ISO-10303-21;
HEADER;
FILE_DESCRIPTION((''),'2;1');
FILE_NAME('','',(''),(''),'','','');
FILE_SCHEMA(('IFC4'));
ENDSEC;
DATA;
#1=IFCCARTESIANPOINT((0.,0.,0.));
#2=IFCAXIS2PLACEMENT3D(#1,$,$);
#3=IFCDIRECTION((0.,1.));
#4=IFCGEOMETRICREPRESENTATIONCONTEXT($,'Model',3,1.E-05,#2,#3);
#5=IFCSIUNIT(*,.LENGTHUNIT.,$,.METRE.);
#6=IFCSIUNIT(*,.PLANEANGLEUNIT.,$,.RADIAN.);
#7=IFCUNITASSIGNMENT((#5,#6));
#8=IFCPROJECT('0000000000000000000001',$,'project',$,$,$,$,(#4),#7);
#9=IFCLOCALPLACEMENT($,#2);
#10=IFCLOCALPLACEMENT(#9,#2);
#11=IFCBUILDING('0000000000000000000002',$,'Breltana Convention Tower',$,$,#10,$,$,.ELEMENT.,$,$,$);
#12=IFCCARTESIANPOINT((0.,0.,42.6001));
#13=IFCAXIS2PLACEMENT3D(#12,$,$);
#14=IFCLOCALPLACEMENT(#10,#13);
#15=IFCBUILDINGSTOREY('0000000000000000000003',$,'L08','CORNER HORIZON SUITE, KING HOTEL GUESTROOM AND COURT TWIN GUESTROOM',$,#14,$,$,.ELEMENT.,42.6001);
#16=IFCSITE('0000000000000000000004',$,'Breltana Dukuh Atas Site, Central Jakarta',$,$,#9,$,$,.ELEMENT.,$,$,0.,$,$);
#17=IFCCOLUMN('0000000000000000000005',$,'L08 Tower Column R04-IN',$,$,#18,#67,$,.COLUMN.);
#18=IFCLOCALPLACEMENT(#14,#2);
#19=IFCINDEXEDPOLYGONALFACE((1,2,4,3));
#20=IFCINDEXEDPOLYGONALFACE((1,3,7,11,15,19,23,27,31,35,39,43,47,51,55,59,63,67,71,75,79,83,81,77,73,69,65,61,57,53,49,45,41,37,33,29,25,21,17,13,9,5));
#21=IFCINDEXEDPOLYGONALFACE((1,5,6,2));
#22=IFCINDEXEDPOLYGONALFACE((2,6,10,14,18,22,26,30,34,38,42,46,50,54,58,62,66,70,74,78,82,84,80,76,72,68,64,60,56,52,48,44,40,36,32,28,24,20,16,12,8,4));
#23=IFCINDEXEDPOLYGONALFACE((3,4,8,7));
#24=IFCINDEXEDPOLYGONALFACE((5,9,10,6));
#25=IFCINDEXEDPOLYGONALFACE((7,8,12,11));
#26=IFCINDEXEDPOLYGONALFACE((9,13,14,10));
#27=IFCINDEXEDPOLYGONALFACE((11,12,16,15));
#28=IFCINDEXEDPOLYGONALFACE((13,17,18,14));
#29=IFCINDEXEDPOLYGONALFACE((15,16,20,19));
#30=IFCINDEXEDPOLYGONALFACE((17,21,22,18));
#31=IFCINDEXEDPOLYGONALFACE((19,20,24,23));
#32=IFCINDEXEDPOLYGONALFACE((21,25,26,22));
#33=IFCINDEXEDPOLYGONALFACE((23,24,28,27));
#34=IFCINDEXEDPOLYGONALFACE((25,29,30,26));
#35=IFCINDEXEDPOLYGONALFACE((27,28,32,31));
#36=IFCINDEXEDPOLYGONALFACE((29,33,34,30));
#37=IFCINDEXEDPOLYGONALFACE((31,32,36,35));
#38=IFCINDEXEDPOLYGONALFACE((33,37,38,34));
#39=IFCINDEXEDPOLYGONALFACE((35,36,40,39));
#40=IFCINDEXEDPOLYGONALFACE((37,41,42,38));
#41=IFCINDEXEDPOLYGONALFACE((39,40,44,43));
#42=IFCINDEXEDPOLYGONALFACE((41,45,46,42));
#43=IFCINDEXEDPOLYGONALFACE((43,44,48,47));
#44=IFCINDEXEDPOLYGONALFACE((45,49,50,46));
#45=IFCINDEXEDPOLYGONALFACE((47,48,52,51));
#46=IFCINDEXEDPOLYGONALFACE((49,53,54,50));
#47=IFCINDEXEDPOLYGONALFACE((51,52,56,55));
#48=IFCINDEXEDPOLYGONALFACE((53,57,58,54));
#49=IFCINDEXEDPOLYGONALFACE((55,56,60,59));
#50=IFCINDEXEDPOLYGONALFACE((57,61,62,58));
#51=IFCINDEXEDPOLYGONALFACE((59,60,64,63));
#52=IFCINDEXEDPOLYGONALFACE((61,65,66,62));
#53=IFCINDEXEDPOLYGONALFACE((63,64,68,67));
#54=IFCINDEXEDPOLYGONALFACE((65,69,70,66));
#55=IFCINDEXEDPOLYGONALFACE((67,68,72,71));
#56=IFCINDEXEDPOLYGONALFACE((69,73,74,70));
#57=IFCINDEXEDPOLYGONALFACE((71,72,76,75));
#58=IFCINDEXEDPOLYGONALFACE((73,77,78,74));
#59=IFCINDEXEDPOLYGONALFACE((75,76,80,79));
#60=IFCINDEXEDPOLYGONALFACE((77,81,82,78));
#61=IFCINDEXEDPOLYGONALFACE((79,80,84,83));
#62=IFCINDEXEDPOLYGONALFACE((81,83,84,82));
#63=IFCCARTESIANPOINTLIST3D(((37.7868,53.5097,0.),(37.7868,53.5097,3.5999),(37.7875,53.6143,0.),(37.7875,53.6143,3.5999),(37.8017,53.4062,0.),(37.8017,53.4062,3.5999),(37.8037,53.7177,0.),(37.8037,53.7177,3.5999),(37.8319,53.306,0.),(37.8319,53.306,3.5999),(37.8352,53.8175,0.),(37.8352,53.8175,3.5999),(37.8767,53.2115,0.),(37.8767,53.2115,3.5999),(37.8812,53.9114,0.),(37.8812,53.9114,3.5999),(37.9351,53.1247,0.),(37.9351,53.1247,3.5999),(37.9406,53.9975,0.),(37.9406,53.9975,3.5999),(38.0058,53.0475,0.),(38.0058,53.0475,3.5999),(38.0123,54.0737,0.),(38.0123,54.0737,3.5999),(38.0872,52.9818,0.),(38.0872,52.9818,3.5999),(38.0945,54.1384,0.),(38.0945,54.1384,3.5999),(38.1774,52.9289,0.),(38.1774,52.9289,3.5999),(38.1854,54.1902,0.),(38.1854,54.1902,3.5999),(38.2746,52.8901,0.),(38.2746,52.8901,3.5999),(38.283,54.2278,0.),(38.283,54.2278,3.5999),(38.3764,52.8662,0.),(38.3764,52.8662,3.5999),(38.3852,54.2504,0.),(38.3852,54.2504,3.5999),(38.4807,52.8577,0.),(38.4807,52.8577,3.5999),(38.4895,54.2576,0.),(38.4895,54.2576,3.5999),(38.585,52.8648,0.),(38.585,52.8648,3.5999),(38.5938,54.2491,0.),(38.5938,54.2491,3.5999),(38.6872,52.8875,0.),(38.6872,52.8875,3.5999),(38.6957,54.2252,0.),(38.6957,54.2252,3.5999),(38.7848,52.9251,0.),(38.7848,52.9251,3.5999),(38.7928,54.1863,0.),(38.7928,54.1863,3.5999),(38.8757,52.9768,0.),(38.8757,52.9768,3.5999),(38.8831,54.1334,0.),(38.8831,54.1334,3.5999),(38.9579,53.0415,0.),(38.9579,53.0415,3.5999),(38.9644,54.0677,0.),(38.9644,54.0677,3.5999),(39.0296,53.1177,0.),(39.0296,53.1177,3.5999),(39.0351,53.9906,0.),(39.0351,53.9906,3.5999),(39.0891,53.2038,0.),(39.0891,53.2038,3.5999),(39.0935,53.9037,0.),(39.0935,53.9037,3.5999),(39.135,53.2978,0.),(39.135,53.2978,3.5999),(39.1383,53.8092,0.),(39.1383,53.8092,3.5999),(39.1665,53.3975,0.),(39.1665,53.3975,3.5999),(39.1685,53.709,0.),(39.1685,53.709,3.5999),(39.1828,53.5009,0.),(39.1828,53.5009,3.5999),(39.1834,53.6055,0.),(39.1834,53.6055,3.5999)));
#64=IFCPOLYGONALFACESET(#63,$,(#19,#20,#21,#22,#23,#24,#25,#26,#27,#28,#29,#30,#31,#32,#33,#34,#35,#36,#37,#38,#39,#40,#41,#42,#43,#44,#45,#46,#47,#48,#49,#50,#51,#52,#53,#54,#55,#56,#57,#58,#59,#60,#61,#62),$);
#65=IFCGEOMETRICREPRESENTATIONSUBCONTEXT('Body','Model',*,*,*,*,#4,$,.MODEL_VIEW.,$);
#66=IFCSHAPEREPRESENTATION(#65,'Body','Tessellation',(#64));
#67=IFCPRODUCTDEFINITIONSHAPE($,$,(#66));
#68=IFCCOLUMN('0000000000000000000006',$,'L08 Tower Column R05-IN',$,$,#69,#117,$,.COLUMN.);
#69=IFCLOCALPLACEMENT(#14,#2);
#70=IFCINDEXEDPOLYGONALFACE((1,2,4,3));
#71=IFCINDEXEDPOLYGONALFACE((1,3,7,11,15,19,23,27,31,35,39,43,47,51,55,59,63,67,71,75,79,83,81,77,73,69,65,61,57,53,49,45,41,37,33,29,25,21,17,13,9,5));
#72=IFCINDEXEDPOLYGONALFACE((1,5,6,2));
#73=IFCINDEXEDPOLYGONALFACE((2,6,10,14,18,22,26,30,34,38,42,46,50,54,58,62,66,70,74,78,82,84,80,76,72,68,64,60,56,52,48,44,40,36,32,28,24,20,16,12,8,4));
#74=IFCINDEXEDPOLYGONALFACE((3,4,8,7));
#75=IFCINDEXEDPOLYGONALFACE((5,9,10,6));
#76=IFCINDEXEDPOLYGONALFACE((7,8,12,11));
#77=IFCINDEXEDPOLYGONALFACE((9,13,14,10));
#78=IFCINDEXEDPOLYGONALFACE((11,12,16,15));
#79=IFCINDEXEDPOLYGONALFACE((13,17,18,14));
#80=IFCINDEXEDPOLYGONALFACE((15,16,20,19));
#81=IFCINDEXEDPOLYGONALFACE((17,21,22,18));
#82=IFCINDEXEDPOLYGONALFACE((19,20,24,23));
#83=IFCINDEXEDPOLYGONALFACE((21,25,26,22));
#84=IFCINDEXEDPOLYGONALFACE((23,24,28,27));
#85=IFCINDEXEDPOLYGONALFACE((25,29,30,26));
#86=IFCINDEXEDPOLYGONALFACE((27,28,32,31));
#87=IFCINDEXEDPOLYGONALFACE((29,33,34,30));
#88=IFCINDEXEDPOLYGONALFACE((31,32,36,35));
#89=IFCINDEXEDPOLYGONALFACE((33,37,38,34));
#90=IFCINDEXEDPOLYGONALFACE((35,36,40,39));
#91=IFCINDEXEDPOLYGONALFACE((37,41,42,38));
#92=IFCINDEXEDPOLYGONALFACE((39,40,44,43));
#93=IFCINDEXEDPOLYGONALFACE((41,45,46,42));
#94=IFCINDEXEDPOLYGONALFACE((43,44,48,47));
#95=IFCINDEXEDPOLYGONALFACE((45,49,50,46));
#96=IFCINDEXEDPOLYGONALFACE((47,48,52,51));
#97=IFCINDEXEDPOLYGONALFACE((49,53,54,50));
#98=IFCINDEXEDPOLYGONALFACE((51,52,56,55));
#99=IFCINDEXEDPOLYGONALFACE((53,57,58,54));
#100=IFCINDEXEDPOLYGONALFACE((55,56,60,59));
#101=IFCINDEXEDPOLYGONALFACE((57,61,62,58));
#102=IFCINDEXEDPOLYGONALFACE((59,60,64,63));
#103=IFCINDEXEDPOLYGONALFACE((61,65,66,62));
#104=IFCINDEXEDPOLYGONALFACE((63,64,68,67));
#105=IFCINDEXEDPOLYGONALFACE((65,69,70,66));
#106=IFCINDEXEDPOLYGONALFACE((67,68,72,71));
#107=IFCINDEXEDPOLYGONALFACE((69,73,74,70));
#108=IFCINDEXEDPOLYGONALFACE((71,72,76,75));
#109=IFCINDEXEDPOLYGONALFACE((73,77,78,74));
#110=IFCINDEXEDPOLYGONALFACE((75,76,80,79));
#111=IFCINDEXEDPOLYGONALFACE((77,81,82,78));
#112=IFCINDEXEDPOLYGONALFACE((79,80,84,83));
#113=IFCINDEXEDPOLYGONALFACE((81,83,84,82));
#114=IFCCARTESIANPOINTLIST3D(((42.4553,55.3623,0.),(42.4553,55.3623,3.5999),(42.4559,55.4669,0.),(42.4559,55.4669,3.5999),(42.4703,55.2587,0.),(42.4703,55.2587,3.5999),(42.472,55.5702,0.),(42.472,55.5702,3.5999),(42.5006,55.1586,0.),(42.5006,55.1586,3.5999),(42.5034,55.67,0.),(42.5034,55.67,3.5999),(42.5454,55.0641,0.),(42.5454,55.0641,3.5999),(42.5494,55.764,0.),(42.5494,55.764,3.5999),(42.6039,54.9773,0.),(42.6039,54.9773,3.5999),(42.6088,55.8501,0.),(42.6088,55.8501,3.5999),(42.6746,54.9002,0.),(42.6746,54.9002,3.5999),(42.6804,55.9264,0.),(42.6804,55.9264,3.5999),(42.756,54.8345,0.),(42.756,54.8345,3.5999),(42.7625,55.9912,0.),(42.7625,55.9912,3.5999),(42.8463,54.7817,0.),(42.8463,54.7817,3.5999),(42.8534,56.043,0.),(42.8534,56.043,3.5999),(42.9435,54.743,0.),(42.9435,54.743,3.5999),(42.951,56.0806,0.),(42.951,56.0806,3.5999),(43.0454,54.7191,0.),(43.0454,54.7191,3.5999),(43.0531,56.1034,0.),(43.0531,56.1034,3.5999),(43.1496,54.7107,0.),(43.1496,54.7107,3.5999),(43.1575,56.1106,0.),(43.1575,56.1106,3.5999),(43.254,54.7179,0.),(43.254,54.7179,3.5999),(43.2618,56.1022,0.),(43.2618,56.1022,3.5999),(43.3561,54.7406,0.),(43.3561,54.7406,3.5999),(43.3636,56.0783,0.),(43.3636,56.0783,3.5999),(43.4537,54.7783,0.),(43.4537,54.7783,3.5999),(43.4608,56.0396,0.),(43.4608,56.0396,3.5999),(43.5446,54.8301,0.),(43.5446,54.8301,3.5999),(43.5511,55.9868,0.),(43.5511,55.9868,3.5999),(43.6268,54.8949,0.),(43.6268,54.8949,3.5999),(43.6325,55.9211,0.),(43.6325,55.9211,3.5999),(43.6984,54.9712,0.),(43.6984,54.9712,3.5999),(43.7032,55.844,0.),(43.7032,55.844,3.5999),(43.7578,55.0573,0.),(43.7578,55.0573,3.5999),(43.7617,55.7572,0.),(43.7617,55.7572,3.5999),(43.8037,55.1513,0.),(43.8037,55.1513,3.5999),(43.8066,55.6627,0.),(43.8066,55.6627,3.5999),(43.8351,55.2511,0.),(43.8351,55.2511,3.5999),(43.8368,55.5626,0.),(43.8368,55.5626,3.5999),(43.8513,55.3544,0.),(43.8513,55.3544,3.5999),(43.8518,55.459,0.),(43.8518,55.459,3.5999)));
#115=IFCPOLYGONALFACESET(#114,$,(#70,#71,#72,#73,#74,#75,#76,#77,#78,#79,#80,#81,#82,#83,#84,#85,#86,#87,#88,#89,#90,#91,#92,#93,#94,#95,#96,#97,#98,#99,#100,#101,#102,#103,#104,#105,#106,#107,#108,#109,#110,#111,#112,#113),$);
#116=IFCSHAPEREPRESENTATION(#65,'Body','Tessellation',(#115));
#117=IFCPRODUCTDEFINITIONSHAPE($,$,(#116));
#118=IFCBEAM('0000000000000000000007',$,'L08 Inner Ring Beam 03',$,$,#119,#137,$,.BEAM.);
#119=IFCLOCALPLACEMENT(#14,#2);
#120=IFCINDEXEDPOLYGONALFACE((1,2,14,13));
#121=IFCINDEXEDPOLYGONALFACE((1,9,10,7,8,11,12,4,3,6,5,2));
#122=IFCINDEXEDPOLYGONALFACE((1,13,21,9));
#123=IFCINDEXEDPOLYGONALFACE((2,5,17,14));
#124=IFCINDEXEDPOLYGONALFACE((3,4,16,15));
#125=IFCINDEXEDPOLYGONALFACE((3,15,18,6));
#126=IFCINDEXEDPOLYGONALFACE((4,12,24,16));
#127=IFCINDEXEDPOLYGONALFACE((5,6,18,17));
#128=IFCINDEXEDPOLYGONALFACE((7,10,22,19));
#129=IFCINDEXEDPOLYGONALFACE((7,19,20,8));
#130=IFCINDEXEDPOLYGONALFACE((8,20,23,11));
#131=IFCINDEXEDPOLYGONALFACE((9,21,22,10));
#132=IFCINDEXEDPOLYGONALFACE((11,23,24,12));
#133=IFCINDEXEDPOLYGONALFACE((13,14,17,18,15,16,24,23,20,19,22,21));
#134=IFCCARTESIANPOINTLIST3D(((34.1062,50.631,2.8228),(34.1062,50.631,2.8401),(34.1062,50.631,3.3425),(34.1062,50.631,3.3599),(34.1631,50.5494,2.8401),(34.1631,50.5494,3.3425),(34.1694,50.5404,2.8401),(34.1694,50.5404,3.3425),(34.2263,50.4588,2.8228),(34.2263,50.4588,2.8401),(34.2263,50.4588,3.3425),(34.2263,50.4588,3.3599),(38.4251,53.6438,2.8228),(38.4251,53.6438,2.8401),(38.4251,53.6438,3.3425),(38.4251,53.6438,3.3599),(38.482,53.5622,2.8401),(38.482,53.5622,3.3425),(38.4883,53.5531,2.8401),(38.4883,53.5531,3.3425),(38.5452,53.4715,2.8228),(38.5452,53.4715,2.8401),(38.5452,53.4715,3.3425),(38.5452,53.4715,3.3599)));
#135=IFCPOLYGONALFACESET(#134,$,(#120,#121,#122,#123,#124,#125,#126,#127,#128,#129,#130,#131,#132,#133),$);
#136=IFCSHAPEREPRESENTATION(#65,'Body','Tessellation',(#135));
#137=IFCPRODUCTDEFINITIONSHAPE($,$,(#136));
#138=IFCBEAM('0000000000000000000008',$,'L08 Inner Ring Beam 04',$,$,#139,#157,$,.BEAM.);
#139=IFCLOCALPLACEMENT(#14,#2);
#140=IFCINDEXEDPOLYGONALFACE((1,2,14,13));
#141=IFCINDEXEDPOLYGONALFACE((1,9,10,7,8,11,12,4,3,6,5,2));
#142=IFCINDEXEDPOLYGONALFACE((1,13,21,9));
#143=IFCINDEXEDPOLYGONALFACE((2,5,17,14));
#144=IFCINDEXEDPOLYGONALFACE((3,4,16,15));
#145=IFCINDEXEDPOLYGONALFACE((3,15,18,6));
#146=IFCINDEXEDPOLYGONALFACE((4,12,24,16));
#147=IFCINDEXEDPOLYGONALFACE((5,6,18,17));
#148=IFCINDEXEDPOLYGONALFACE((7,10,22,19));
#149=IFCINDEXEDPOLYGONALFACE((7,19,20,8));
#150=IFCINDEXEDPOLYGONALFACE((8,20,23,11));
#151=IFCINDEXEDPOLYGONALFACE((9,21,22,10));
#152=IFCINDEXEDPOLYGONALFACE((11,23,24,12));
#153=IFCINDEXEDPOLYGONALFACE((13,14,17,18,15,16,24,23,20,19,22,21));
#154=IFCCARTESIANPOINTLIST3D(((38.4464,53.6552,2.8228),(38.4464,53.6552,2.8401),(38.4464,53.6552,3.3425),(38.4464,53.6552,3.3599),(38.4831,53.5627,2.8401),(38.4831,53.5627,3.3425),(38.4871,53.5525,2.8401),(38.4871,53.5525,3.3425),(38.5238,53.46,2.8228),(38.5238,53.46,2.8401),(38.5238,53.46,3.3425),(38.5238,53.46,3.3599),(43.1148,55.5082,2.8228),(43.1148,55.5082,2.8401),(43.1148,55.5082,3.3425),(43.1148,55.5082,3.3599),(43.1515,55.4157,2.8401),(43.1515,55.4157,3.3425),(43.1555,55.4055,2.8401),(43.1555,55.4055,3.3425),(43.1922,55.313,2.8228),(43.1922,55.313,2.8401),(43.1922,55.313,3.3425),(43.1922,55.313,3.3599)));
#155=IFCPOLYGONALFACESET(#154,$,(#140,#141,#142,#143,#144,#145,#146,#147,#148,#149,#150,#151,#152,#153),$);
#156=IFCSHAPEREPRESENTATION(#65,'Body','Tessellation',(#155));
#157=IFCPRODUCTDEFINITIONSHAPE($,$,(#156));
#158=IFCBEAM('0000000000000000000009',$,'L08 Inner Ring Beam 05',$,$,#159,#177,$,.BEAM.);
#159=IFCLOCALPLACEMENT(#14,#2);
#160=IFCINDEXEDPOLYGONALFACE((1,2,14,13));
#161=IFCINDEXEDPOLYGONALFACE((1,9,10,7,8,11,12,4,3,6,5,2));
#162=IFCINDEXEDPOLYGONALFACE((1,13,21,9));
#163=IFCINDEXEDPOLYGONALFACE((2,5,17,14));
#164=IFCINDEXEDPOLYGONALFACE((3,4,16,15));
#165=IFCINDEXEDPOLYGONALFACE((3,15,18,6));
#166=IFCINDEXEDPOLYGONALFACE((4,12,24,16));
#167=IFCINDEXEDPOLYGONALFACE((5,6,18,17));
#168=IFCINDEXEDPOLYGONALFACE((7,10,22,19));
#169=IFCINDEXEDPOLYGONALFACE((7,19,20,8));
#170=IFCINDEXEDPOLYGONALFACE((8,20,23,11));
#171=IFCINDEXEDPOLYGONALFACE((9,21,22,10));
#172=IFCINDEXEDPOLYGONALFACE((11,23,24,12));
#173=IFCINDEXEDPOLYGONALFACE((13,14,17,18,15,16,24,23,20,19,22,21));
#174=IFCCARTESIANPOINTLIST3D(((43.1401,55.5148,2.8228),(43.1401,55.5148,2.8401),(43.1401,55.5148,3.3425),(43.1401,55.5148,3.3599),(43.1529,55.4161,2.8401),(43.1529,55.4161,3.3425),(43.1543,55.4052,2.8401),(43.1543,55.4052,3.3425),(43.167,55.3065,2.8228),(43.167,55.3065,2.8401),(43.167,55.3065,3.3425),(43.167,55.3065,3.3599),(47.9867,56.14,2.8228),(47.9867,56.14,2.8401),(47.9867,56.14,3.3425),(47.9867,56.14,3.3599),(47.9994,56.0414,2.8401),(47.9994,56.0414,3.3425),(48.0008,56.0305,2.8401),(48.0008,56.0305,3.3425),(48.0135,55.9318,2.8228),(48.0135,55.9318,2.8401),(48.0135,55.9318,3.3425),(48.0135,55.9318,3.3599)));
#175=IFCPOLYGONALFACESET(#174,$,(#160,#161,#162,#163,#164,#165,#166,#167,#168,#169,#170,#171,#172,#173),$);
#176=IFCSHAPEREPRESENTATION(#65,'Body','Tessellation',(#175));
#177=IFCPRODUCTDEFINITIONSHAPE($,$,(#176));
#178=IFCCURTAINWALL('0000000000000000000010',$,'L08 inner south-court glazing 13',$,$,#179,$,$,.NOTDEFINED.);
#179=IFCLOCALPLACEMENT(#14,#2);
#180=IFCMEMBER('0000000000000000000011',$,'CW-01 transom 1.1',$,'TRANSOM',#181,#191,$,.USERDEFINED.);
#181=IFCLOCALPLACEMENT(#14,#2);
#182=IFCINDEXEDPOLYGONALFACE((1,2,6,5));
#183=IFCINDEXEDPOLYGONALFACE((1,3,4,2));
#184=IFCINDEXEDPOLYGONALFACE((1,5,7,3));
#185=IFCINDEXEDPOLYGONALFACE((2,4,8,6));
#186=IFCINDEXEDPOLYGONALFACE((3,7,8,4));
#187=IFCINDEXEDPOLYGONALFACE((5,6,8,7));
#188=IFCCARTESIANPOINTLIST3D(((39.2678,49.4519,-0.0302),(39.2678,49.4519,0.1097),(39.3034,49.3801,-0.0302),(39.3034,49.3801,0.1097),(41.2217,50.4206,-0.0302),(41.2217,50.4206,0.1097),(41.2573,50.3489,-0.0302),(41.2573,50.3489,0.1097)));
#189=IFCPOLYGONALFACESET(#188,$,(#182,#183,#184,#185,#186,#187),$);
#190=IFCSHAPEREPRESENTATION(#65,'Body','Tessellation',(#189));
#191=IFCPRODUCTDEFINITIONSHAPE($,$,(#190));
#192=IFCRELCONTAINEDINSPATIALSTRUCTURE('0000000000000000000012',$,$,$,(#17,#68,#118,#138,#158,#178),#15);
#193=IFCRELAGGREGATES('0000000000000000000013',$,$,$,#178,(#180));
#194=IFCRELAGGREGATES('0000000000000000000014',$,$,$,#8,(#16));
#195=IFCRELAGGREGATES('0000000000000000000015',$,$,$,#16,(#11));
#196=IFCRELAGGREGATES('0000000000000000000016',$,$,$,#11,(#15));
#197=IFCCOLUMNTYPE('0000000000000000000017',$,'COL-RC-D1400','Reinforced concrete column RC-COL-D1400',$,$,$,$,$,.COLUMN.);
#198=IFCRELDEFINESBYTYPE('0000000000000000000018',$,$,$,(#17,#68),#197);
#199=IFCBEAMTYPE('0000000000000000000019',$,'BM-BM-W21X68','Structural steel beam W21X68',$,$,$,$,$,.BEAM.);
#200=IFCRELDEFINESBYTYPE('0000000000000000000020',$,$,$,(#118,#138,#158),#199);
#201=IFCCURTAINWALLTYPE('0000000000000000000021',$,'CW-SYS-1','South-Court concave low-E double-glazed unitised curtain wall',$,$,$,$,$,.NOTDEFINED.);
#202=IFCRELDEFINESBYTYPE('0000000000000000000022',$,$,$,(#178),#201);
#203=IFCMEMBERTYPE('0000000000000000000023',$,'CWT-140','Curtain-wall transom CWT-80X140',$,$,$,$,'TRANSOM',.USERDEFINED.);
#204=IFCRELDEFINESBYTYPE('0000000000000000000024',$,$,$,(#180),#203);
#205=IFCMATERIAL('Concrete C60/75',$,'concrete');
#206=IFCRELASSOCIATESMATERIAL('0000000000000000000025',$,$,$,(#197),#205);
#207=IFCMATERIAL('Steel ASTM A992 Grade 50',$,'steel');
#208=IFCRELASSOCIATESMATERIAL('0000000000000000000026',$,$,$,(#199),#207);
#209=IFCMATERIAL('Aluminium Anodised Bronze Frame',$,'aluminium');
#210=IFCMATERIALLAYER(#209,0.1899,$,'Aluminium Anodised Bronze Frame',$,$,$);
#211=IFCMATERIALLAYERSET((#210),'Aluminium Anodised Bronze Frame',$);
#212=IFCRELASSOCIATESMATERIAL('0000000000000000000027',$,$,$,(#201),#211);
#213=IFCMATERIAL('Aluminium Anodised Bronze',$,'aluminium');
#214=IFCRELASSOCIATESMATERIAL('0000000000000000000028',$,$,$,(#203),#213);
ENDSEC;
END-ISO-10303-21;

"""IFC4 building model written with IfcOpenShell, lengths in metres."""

from ifc_helpers import new_model, si_unit, direction, frame, origin, origin_2d, place, context, subcontext, project, spatial, rectangle, circle, i_section, extrude, source, transform, mapped, material, layer, layer_set, material_profile, profile_set, type_object, element, aggregate, save


model = new_model("IFC4")

# Units and contexts
model_context = context("Model", 3, precision=1e-05, world=origin(), true_north=direction((0.0, 1.0)))
body_context = subcontext(model_context, "Body", "Model", "MODEL_VIEW")
ifc_project = project(units=[si_unit("LENGTHUNIT", "METRE"), si_unit("PLANEANGLEUNIT", "RADIAN")], contexts=[model_context])

# Site, building, storey
site_placement = place(None, origin())
site = spatial("IfcSite", under=ifc_project, at=site_placement, Name="Breltana Dukuh Atas Site, Central Jakarta", CompositionType="ELEMENT", RefElevation=0.0)
building_placement = place(site_placement, origin())
building = spatial("IfcBuilding", under=site, at=building_placement, Name="Breltana Convention Tower", CompositionType="ELEMENT")
storey_placement = place(building_placement, frame((0.0, 0.0, 42.6001)))
storey = spatial("IfcBuildingStorey", under=building, at=storey_placement, Name="L08", Description="CORNER HORIZON SUITE, KING HOTEL GUESTROOM AND COURT TWIN GUESTROOM", CompositionType="ELEMENT", Elevation=42.6001)

# Columns
ifc_material_1 = material(Name="Concrete C60/75", Category="concrete")
ifc_material_profile_1 = material_profile(ifc_material_1, circle(Radius=0.7, at=origin_2d()), Name="RC-COL-D1400")
ifc_profile_set_1 = profile_set([ifc_material_profile_1], Name="Concrete C60/75")
column_type = type_object("IfcColumnType", Name="COL-RC-D1400", Description="Reinforced concrete column RC-COL-D1400", PredefinedType="COLUMN", material=ifc_profile_set_1)
shared_shape_1 = source(origin(), body_context, "Body", "SweptSolid", [
    extrude(circle(Radius=0.7, at=origin_2d()), origin(), (0.0, 0.0, 1.0), 3.5999),
])
for number, where, z_axis, x_axis, name in (
    (1, (38.4851, 53.5576, 0.0), (0.0, 0.0, 1.0), (-0.288698, 0.95742, 0.0), "L08 Tower Column R04-IN"),
    (2, (43.1536, 55.4106, 0.0), (0.0, 0.0, 1.0), (-0.143493, 0.989651, 0.0), "L08 Tower Column R05-IN"),
):
    element("IfcColumn", number, at=place(storey_placement, frame(where, z_axis=z_axis, x_axis=x_axis)), inside=storey, type_object=column_type, Name=name, PredefinedType="COLUMN", context=body_context, shape_type="MappedRepresentation", body=[
        mapped(shared_shape_1, transform((0.0, 0.0, 0.0), scale=1.0)),
    ])

# Beams
ifc_material_2 = material(Name="Steel ASTM A992 Grade 50", Category="steel")
ifc_material_profile_2 = material_profile(ifc_material_2, i_section(OverallWidth=0.21, OverallDepth=0.5371, WebThickness=0.011, FlangeThickness=0.0173, at=origin_2d()), Name="W21X68")
ifc_profile_set_2 = profile_set([ifc_material_profile_2], Name="Steel ASTM A992 Grade 50")
beam_type = type_object("IfcBeamType", Name="BM-BM-W21X68", Description="Structural steel beam W21X68", PredefinedType="BEAM", material=ifc_profile_set_2)
shared_shape_2 = source(origin(), body_context, "Body", "SweptSolid", [
    extrude(i_section(OverallWidth=0.21, OverallDepth=0.5371, WebThickness=0.011, FlangeThickness=0.0173, at=origin_2d()), origin(), (0.0, 0.0, 1.0), 5.2659),
])
beam_1_placement = place(storey_placement, frame((34.1663, 50.5449, 3.0913), z_axis=(0.820167, 0.572124, 0.0), x_axis=(-0.572124, 0.820167, 0.0)))
element("IfcBeam", 3, at=beam_1_placement, inside=storey, type_object=beam_type, Name="L08 Inner Ring Beam 03", PredefinedType="BEAM", context=body_context, shape_type="MappedRepresentation", body=[
    mapped(shared_shape_2, transform((0.0, 0.0, 0.0), scale=1.0)),
])
shared_shape_3 = source(origin(), body_context, "Body", "SweptSolid", [
    extrude(i_section(OverallWidth=0.21, OverallDepth=0.5371, WebThickness=0.011, FlangeThickness=0.0173, at=origin_2d()), origin(), (0.0, 0.0, 1.0), 5.0227),
])
beam_2_placement = place(storey_placement, frame((38.4851, 53.5576, 3.0913), z_axis=(0.929459, 0.368926, 0.0), x_axis=(-0.368926, 0.929459, 0.0)))
element("IfcBeam", 4, at=beam_2_placement, inside=storey, type_object=beam_type, Name="L08 Inner Ring Beam 04", PredefinedType="BEAM", context=body_context, shape_type="MappedRepresentation", body=[
    mapped(shared_shape_3, transform((0.0, 0.0, 0.0), scale=1.0)),
])
shared_shape_4 = source(origin(), body_context, "Body", "SweptSolid", [
    extrude(i_section(OverallWidth=0.21, OverallDepth=0.5371, WebThickness=0.011, FlangeThickness=0.0173, at=origin_2d()), origin(), (0.0, 0.0, 1.0), 4.8867),
])
beam_3_placement = place(storey_placement, frame((43.1536, 55.4106, 3.0913), z_axis=(0.991781, 0.127951, 0.0), x_axis=(-0.127951, 0.991781, 0.0)))
element("IfcBeam", 5, at=beam_3_placement, inside=storey, type_object=beam_type, Name="L08 Inner Ring Beam 05", PredefinedType="BEAM", context=body_context, shape_type="MappedRepresentation", body=[
    mapped(shared_shape_4, transform((0.0, 0.0, 0.0), scale=1.0)),
])

# Curtain wall, member
ifc_material_3 = material(Name="Aluminium Anodised Bronze Frame", Category="aluminium")
ifc_layer_1 = layer(ifc_material_3, 0.1899, Name="Aluminium Anodised Bronze Frame")
ifc_layer_set_1 = layer_set([ifc_layer_1], Name="Aluminium Anodised Bronze Frame")
curtain_wall_type = type_object("IfcCurtainWallType", Name="CW-SYS-1", Description="South-Court concave low-E double-glazed unitised curtain wall", PredefinedType="NOTDEFINED", material=ifc_layer_set_1)
curtain_wall_1_placement = place(storey_placement, origin())
curtain_wall_1 = element("IfcCurtainWall", 6, at=curtain_wall_1_placement, inside=storey, type_object=curtain_wall_type, Name="L08 inner south-court glazing 13", PredefinedType="NOTDEFINED")
ifc_material_4 = material(Name="Aluminium Anodised Bronze", Category="aluminium")
ifc_material_profile_3 = material_profile(ifc_material_4, rectangle(XDim=0.0801, YDim=0.1399, at=origin_2d()), Name="CWT-80X140")
ifc_profile_set_3 = profile_set([ifc_material_profile_3], Name="Aluminium Anodised Bronze")
member_type_1 = type_object("IfcMemberType", Name="CWT-140", Description="Curtain-wall transom CWT-80X140", ElementType="TRANSOM", PredefinedType="USERDEFINED", material=ifc_profile_set_3)
shared_shape_5 = source(origin(), body_context, "Body", "SweptSolid", [
    extrude(rectangle(XDim=0.0801, YDim=0.1399, at=origin_2d()), origin(), (0.0, 0.0, 1.0), 2.1809),
])
member_1_placement = place(storey_placement, frame((41.2395, 50.3848, 0.0398), z_axis=(-0.895922, -0.444211, 0.0), x_axis=(0.444211, -0.895922, 0.0)))
member_1 = element("IfcMember", 7, at=member_1_placement, type_object=member_type_1, Name="CW-01 transom 1.1", ObjectType="TRANSOM", PredefinedType="USERDEFINED", context=body_context, shape_type="MappedRepresentation", body=[
    mapped(shared_shape_5, transform((0.0, 0.0, 0.0), scale=1.0)),
])

aggregate(curtain_wall_1, [member_1])

save(model, "model.ifc")
